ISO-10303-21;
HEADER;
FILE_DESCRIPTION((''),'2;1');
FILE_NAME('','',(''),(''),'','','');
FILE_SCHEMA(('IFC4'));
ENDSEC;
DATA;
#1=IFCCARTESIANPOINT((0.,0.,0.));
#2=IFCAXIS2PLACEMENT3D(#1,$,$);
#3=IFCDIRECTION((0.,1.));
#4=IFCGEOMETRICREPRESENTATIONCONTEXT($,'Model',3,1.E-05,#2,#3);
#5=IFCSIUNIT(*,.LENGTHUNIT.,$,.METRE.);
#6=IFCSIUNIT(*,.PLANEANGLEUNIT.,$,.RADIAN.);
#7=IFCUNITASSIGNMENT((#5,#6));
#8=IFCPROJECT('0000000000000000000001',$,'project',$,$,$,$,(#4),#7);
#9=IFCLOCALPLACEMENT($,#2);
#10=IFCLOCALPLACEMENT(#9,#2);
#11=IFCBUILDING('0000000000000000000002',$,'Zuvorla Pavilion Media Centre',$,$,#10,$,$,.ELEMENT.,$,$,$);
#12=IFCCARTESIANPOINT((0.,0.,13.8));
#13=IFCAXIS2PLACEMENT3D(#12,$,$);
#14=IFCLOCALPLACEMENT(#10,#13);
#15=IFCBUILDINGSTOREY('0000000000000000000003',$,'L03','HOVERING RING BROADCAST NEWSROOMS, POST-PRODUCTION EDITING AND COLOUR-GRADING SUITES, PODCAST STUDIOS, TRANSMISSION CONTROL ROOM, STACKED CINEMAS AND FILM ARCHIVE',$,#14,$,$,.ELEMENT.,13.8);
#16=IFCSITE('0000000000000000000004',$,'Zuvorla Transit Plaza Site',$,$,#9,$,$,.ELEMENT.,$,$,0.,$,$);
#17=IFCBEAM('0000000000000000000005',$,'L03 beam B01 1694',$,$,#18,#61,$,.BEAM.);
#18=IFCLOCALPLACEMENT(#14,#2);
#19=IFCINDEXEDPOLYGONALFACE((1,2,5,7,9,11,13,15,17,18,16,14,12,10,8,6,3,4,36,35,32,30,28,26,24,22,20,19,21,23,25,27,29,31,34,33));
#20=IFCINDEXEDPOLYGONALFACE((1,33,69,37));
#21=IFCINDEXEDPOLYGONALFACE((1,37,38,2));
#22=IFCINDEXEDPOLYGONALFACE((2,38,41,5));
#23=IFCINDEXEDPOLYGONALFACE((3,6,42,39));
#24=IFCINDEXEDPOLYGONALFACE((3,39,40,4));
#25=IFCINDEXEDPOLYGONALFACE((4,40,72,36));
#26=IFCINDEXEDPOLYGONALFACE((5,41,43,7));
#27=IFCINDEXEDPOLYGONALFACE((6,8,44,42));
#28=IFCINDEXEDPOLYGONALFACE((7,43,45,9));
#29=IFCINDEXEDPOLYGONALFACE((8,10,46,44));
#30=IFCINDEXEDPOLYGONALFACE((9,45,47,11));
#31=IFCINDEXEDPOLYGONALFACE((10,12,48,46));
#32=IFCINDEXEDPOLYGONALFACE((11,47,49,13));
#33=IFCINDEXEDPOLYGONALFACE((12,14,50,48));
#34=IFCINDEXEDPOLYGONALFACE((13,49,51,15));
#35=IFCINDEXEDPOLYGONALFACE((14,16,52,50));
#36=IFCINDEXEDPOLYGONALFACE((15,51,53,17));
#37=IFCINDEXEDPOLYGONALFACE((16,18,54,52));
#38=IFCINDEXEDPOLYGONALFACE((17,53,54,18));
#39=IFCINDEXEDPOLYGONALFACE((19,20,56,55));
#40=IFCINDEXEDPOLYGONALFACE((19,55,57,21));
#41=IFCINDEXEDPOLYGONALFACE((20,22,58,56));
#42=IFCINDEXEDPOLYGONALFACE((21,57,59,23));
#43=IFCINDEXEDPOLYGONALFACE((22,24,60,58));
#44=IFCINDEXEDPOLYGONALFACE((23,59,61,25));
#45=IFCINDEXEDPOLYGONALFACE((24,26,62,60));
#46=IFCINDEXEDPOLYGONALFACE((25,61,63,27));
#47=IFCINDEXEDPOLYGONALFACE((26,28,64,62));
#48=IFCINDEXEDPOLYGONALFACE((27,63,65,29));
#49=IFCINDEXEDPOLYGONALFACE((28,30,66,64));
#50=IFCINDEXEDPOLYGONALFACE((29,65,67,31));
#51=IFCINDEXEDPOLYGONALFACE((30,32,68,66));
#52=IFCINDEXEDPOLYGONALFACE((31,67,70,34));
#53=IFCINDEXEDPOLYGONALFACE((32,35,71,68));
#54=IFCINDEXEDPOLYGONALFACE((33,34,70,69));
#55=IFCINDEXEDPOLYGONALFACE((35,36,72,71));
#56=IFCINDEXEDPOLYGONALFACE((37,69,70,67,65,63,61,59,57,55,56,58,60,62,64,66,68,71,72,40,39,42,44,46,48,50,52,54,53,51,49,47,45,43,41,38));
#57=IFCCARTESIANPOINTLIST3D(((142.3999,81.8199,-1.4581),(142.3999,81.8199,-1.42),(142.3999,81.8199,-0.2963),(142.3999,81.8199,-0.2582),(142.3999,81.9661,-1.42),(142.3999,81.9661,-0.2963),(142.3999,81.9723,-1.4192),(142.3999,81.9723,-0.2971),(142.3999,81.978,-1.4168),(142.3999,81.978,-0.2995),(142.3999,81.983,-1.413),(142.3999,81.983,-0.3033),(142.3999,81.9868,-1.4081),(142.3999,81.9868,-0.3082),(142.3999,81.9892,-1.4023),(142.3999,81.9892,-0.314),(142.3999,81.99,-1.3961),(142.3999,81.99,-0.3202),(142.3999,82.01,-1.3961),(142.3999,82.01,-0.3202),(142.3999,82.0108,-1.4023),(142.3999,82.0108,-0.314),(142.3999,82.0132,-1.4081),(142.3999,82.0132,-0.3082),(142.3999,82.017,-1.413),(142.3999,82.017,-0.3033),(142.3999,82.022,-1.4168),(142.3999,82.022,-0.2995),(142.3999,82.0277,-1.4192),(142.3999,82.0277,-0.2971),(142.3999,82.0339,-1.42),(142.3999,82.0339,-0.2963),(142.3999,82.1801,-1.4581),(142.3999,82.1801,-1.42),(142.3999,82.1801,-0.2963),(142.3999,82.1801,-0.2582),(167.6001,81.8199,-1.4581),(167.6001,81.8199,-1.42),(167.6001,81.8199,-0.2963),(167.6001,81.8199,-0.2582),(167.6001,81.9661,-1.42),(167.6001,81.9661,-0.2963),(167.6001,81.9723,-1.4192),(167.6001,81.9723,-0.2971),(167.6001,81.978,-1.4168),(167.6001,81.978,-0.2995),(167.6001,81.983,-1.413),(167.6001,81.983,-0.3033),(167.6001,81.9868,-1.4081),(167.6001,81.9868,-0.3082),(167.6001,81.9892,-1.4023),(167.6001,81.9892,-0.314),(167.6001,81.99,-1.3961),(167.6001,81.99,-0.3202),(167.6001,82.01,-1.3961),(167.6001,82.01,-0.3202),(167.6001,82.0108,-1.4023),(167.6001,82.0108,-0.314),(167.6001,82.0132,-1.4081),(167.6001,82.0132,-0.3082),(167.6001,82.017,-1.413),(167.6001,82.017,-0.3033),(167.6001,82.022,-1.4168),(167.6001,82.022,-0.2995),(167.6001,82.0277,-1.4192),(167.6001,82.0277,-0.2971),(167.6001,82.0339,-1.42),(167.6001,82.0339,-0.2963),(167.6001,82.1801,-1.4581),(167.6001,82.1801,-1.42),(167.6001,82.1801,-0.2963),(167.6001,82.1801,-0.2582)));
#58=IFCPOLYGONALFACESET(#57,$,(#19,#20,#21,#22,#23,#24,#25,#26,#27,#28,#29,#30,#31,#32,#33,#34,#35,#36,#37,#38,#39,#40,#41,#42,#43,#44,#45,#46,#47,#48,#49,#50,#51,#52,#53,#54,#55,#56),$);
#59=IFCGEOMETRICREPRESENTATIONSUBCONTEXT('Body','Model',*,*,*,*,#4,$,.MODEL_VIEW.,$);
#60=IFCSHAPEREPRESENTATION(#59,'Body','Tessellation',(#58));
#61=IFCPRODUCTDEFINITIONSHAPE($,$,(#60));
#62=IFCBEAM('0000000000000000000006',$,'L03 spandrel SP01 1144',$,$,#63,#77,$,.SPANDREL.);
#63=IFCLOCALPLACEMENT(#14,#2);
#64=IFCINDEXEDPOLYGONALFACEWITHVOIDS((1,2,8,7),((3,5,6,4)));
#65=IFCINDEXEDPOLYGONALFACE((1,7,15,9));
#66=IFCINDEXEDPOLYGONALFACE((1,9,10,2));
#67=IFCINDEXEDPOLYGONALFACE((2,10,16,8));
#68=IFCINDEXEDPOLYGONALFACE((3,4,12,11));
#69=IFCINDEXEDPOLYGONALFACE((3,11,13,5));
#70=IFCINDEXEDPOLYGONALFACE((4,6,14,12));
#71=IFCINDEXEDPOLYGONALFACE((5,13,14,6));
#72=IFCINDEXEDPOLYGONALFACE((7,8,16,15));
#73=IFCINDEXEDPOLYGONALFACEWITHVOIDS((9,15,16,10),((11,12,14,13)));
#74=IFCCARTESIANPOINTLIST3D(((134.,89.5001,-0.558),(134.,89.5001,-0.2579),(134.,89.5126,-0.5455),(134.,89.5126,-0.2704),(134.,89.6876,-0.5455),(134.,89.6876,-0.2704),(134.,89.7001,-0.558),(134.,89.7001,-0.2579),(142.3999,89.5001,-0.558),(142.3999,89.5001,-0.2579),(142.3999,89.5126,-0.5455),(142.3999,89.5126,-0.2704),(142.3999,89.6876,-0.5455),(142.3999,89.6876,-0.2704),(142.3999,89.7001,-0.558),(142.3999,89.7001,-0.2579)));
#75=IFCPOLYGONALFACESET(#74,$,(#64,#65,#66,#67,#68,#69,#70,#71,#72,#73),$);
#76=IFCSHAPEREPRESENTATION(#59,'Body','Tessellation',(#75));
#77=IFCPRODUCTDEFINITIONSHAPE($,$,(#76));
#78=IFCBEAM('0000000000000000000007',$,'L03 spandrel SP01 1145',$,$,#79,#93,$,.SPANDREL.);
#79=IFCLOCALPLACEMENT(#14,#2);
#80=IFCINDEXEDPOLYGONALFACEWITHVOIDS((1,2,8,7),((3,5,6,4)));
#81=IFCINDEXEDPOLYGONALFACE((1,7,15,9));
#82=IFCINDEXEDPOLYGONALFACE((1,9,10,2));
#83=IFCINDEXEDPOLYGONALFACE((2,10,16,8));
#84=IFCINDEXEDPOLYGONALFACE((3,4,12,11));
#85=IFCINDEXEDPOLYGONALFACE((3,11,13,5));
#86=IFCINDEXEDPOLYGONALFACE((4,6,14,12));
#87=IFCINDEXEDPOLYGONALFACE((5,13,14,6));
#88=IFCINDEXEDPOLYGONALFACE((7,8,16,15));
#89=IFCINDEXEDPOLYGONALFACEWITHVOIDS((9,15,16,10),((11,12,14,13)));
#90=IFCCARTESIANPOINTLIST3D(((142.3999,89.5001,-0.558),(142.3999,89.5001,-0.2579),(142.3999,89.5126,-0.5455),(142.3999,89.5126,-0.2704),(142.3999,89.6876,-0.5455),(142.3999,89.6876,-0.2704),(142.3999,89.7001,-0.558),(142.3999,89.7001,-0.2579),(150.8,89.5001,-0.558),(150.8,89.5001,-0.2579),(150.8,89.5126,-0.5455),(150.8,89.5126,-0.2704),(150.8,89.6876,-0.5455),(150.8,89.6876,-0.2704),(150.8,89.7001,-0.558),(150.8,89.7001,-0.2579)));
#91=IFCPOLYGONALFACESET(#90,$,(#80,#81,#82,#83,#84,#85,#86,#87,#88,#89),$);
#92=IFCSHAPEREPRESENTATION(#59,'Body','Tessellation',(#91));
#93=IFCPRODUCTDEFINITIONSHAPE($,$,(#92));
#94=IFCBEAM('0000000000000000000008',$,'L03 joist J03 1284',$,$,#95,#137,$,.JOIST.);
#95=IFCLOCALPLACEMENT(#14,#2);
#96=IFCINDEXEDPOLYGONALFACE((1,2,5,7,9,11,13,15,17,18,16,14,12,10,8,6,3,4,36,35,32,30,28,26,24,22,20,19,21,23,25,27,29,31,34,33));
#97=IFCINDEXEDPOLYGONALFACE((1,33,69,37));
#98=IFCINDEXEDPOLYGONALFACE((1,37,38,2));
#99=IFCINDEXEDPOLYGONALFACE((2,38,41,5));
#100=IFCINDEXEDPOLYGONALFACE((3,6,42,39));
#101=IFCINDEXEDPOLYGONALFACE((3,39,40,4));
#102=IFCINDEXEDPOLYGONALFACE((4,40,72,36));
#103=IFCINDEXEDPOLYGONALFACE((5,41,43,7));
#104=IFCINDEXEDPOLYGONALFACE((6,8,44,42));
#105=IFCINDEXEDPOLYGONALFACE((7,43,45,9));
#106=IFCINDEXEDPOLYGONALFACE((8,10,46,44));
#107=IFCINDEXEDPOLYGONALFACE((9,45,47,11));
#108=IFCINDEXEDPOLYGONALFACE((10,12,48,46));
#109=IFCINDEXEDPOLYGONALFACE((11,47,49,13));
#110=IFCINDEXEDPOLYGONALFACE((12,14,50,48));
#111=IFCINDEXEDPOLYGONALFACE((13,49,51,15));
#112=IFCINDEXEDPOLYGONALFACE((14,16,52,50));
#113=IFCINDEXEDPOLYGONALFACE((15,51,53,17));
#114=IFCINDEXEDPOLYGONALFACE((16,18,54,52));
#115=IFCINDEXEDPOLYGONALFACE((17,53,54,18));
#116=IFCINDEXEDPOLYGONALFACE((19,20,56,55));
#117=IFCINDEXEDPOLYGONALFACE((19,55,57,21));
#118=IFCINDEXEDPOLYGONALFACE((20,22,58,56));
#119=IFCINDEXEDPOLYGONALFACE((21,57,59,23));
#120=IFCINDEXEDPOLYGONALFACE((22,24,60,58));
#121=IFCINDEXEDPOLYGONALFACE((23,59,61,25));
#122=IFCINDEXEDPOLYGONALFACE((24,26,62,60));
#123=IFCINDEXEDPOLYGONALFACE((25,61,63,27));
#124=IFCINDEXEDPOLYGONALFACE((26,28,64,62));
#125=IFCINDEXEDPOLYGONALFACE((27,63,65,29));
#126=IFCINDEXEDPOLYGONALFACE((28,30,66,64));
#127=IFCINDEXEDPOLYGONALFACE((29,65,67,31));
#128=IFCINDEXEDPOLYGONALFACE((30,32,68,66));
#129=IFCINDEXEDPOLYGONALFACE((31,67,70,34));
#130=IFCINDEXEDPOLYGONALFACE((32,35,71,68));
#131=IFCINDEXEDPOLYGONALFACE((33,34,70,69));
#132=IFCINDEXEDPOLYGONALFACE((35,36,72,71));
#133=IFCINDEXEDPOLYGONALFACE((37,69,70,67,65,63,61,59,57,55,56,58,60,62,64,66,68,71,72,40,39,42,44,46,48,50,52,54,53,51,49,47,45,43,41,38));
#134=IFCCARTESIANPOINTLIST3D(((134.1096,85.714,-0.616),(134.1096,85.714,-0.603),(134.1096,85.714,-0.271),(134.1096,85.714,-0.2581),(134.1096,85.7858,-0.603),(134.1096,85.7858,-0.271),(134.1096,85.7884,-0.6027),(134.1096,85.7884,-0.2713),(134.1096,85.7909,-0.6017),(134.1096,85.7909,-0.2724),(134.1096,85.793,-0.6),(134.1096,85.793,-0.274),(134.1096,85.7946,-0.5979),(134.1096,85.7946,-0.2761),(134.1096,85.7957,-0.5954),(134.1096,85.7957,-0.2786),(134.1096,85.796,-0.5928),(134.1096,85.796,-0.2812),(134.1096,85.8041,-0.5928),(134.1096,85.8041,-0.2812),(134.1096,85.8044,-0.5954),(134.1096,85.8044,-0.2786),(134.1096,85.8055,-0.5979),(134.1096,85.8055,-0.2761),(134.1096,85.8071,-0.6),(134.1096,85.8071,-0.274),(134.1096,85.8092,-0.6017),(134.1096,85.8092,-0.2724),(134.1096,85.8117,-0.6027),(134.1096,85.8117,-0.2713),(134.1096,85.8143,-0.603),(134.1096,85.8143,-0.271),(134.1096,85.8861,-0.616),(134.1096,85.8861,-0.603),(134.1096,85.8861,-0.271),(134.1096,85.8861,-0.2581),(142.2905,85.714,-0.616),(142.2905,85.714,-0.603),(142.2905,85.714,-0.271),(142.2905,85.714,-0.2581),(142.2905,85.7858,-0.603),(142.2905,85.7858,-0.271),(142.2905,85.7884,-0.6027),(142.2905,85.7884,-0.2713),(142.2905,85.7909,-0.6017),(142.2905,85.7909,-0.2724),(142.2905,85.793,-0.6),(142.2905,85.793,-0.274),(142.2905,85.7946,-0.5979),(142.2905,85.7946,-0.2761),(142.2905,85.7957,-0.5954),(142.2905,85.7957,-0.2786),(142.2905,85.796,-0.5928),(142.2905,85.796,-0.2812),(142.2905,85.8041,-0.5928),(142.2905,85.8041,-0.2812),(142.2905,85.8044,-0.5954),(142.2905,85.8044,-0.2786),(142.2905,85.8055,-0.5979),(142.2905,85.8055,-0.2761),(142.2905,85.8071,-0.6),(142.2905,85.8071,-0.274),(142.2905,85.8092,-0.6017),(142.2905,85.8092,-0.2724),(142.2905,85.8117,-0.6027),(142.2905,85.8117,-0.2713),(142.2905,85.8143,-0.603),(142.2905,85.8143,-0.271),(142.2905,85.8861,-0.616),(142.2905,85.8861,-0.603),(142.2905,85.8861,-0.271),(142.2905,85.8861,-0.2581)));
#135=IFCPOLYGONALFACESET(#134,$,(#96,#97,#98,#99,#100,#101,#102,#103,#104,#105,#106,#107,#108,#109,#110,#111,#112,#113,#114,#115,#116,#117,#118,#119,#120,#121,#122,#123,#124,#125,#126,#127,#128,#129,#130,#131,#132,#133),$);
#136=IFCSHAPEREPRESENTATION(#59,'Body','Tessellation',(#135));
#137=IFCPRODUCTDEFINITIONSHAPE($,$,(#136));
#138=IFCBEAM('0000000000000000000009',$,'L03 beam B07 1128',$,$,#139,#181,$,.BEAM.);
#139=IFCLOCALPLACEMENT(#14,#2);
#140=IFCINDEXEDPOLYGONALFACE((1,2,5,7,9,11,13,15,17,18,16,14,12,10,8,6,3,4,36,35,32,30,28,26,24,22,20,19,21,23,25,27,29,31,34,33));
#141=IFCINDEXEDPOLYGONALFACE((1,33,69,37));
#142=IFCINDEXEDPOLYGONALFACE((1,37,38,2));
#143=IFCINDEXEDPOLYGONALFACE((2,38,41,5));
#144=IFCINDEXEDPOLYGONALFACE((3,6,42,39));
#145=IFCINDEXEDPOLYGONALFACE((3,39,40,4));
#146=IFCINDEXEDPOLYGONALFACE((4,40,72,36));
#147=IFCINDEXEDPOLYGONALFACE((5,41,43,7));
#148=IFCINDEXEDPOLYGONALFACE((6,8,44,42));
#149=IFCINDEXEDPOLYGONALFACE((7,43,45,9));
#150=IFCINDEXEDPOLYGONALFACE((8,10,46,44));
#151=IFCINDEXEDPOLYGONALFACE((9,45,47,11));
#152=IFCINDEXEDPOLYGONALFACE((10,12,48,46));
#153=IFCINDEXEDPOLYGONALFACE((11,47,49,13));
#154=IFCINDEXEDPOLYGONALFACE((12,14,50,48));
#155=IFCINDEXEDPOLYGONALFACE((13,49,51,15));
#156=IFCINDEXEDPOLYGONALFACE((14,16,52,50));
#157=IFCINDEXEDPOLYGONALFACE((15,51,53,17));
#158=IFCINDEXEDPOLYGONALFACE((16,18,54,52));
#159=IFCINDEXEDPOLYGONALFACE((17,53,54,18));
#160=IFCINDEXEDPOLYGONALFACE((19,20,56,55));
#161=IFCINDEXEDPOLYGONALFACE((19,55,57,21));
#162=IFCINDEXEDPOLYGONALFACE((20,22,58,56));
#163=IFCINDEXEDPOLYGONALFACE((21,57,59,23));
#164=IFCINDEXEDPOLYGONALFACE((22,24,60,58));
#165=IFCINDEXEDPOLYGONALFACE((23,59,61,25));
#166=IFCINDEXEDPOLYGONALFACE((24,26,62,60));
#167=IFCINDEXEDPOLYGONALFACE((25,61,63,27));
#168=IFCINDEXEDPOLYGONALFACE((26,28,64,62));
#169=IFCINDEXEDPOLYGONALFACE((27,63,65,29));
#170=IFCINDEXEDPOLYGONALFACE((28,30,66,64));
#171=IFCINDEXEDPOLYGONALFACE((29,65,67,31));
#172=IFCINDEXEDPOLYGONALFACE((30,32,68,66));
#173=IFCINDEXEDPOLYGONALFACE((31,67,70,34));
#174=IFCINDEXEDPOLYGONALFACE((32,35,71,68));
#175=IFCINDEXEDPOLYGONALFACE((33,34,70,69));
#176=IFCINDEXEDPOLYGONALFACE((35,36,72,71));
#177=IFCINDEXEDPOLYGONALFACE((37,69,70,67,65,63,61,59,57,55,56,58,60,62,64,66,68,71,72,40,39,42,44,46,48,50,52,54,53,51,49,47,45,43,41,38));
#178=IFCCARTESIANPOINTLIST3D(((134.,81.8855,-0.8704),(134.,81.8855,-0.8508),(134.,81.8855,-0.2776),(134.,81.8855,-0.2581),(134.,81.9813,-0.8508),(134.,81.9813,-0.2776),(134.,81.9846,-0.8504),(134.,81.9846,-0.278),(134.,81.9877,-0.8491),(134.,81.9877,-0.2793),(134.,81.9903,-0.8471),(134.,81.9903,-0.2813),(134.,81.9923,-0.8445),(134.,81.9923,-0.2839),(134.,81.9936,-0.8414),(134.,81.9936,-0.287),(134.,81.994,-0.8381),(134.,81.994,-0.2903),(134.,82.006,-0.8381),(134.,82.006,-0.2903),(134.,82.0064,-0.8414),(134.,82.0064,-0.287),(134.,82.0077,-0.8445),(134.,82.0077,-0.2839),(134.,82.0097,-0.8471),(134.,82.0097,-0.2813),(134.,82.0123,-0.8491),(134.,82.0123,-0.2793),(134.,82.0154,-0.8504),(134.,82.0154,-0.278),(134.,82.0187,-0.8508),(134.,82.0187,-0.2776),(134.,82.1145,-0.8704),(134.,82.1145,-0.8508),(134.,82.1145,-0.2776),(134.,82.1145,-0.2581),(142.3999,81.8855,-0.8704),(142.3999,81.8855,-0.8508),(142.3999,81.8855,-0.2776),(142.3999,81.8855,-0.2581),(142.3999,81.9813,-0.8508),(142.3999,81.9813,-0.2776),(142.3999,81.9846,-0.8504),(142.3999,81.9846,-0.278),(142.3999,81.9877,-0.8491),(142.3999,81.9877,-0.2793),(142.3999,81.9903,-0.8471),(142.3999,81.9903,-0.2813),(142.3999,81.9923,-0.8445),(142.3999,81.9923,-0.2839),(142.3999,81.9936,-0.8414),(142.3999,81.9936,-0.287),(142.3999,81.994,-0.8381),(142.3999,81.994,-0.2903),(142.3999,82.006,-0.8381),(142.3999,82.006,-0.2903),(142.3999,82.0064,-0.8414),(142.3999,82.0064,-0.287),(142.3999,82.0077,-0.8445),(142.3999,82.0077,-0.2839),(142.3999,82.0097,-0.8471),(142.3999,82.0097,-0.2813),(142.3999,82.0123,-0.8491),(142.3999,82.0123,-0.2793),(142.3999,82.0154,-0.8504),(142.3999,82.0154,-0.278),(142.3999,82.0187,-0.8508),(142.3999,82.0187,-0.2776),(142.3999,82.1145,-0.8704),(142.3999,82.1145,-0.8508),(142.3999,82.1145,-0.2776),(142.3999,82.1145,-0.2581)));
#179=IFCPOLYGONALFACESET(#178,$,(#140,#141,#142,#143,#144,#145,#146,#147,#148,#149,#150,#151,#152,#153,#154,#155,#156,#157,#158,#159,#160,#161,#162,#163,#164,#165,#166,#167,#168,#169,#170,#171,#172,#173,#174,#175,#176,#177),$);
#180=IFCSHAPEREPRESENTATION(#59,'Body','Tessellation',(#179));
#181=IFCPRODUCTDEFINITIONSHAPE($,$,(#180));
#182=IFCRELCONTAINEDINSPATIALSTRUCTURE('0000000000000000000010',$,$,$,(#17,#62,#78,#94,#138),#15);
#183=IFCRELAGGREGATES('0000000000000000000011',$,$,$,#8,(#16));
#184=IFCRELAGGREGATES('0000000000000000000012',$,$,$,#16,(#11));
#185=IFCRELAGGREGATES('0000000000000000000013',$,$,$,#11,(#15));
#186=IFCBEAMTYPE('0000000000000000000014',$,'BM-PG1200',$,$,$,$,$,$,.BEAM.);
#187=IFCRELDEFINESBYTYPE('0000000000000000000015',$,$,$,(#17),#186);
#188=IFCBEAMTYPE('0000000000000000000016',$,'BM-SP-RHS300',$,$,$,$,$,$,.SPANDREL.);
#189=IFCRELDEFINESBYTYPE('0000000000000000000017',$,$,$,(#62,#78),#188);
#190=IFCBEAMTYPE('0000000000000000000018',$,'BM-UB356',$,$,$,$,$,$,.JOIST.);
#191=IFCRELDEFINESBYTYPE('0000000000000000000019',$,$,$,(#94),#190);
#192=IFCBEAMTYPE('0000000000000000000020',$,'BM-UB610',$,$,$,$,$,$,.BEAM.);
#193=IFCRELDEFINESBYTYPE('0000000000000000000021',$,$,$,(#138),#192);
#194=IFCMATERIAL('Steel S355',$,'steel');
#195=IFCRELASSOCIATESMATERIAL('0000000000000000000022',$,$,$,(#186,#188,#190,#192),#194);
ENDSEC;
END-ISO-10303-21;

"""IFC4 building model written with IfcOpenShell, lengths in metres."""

from ifc_helpers import new_model, si_unit, direction, frame, origin, origin_2d, place, context, subcontext, project, spatial, hollow_rectangle, i_section, extrude, material, material_profile, profile_set, type_object, element, save


model = new_model("IFC4")

# Units and contexts
model_context = context("Model", 3, precision=1e-05, world=origin(), true_north=direction((0.0, 1.0)))
body_context = subcontext(model_context, "Body", "Model", "MODEL_VIEW")
ifc_project = project(units=[si_unit("LENGTHUNIT", "METRE"), si_unit("PLANEANGLEUNIT", "RADIAN")], contexts=[model_context])

# Site, building, storey
site_placement = place(None, origin())
site = spatial("IfcSite", under=ifc_project, at=site_placement, Name="Zuvorla Transit Plaza Site", CompositionType="ELEMENT", RefElevation=0.0)
building_placement = place(site_placement, origin())
building = spatial("IfcBuilding", under=site, at=building_placement, Name="Zuvorla Pavilion Media Centre", CompositionType="ELEMENT")
storey_placement = place(building_placement, frame((0.0, 0.0, 13.8)))
storey = spatial("IfcBuildingStorey", under=building, at=storey_placement, Name="L03", Description="HOVERING RING BROADCAST NEWSROOMS, POST-PRODUCTION EDITING AND COLOUR-GRADING SUITES, PODCAST STUDIOS, TRANSMISSION CONTROL ROOM, STACKED CINEMAS AND FILM ARCHIVE", CompositionType="ELEMENT", Elevation=13.8)

# Shared definitions
ifc_material_1 = material(Name="Steel S355", Category="steel")

# Beams
ifc_material_profile_1 = material_profile(ifc_material_1, i_section(OverallWidth=0.3601, OverallDepth=1.2, WebThickness=0.02, FlangeThickness=0.0381, FilletRadius=0.0239, at=origin_2d()), Name="PG 1200x360x38")
ifc_profile_set_1 = profile_set([ifc_material_profile_1], Name="Steel S355")
beam_type_1 = type_object("IfcBeamType", Name="BM-PG1200", PredefinedType="BEAM", material=ifc_profile_set_1)
beam_1_placement = place(storey_placement, frame((142.3999, 82.0, -0.8582), z_axis=(1.0, 0.0, 0.0), x_axis=(0.0, 1.0, 0.0)))
element("IfcBeam", 1, at=beam_1_placement, inside=storey, type_object=beam_type_1, Name="L03 beam B01 1694", PredefinedType="BEAM", context=body_context, shape_type="SweptSolid", body=[
    extrude(i_section(OverallWidth=0.3601, OverallDepth=1.2, WebThickness=0.02, FlangeThickness=0.0381, FilletRadius=0.0239, at=origin_2d()), origin(), (0.0, 0.0, 1.0), 25.2002),
])
ifc_material_profile_2 = material_profile(ifc_material_1, hollow_rectangle(XDim=0.2, YDim=0.3, WallThickness=0.0125, at=origin_2d()), Name="RHS 300x200x12.5")
ifc_profile_set_2 = profile_set([ifc_material_profile_2], Name="Steel S355")
beam_type_2 = type_object("IfcBeamType", Name="BM-SP-RHS300", PredefinedType="SPANDREL", material=ifc_profile_set_2)
beam_2_placement = place(storey_placement, frame((134.0, 89.6001, -0.408), z_axis=(1.0, 0.0, 0.0), x_axis=(0.0, 1.0, 0.0)))
element("IfcBeam", 2, at=beam_2_placement, inside=storey, type_object=beam_type_2, Name="L03 spandrel SP01 1144", PredefinedType="SPANDREL", context=body_context, shape_type="SweptSolid", body=[
    extrude(hollow_rectangle(XDim=0.2, YDim=0.3, WallThickness=0.0125, at=origin_2d()), origin(), (0.0, 0.0, 1.0), 8.3999),
])
beam_3_placement = place(storey_placement, frame((142.3999, 89.6001, -0.408), z_axis=(1.0, 0.0, 0.0), x_axis=(0.0, 1.0, 0.0)))
element("IfcBeam", 3, at=beam_3_placement, inside=storey, type_object=beam_type_2, Name="L03 spandrel SP01 1145", PredefinedType="SPANDREL", context=body_context, shape_type="SweptSolid", body=[
    extrude(hollow_rectangle(XDim=0.2, YDim=0.3, WallThickness=0.0125, at=origin_2d()), origin(), (0.0, 0.0, 1.0), 8.4001),
])
ifc_material_profile_3 = material_profile(ifc_material_1, i_section(OverallWidth=0.1721, OverallDepth=0.3579, WebThickness=0.0081, FlangeThickness=0.0129, FilletRadius=0.0103, at=origin_2d()), Name="UB 356x171x57")
ifc_profile_set_3 = profile_set([ifc_material_profile_3], Name="Steel S355")
beam_type_3 = type_object("IfcBeamType", Name="BM-UB356", PredefinedType="JOIST", material=ifc_profile_set_3)
beam_4_placement = place(storey_placement, frame((134.1096, 85.8, -0.437), z_axis=(1.0, 0.0, 0.0), x_axis=(0.0, 1.0, 0.0)))
element("IfcBeam", 4, at=beam_4_placement, inside=storey, type_object=beam_type_3, Name="L03 joist J03 1284", PredefinedType="JOIST", context=body_context, shape_type="SweptSolid", body=[
    extrude(i_section(OverallWidth=0.1721, OverallDepth=0.3579, WebThickness=0.0081, FlangeThickness=0.0129, FilletRadius=0.0103, at=origin_2d()), origin(), (0.0, 0.0, 1.0), 8.1809),
])
ifc_material_profile_4 = material_profile(ifc_material_1, i_section(OverallWidth=0.229, OverallDepth=0.6123, WebThickness=0.012, FlangeThickness=0.0195, FilletRadius=0.0127, at=origin_2d()), Name="UB 610x229x125")
ifc_profile_set_4 = profile_set([ifc_material_profile_4], Name="Steel S355")
beam_type_4 = type_object("IfcBeamType", Name="BM-UB610", PredefinedType="BEAM", material=ifc_profile_set_4)
beam_5_placement = place(storey_placement, frame((134.0, 82.0, -0.5642), z_axis=(1.0, 0.0, 0.0), x_axis=(0.0, 1.0, 0.0)))
element("IfcBeam", 5, at=beam_5_placement, inside=storey, type_object=beam_type_4, Name="L03 beam B07 1128", PredefinedType="BEAM", context=body_context, shape_type="SweptSolid", body=[
    extrude(i_section(OverallWidth=0.229, OverallDepth=0.6123, WebThickness=0.012, FlangeThickness=0.0195, FilletRadius=0.0127, at=origin_2d()), origin(), (0.0, 0.0, 1.0), 8.3999),
])

save(model, "model.ifc")
